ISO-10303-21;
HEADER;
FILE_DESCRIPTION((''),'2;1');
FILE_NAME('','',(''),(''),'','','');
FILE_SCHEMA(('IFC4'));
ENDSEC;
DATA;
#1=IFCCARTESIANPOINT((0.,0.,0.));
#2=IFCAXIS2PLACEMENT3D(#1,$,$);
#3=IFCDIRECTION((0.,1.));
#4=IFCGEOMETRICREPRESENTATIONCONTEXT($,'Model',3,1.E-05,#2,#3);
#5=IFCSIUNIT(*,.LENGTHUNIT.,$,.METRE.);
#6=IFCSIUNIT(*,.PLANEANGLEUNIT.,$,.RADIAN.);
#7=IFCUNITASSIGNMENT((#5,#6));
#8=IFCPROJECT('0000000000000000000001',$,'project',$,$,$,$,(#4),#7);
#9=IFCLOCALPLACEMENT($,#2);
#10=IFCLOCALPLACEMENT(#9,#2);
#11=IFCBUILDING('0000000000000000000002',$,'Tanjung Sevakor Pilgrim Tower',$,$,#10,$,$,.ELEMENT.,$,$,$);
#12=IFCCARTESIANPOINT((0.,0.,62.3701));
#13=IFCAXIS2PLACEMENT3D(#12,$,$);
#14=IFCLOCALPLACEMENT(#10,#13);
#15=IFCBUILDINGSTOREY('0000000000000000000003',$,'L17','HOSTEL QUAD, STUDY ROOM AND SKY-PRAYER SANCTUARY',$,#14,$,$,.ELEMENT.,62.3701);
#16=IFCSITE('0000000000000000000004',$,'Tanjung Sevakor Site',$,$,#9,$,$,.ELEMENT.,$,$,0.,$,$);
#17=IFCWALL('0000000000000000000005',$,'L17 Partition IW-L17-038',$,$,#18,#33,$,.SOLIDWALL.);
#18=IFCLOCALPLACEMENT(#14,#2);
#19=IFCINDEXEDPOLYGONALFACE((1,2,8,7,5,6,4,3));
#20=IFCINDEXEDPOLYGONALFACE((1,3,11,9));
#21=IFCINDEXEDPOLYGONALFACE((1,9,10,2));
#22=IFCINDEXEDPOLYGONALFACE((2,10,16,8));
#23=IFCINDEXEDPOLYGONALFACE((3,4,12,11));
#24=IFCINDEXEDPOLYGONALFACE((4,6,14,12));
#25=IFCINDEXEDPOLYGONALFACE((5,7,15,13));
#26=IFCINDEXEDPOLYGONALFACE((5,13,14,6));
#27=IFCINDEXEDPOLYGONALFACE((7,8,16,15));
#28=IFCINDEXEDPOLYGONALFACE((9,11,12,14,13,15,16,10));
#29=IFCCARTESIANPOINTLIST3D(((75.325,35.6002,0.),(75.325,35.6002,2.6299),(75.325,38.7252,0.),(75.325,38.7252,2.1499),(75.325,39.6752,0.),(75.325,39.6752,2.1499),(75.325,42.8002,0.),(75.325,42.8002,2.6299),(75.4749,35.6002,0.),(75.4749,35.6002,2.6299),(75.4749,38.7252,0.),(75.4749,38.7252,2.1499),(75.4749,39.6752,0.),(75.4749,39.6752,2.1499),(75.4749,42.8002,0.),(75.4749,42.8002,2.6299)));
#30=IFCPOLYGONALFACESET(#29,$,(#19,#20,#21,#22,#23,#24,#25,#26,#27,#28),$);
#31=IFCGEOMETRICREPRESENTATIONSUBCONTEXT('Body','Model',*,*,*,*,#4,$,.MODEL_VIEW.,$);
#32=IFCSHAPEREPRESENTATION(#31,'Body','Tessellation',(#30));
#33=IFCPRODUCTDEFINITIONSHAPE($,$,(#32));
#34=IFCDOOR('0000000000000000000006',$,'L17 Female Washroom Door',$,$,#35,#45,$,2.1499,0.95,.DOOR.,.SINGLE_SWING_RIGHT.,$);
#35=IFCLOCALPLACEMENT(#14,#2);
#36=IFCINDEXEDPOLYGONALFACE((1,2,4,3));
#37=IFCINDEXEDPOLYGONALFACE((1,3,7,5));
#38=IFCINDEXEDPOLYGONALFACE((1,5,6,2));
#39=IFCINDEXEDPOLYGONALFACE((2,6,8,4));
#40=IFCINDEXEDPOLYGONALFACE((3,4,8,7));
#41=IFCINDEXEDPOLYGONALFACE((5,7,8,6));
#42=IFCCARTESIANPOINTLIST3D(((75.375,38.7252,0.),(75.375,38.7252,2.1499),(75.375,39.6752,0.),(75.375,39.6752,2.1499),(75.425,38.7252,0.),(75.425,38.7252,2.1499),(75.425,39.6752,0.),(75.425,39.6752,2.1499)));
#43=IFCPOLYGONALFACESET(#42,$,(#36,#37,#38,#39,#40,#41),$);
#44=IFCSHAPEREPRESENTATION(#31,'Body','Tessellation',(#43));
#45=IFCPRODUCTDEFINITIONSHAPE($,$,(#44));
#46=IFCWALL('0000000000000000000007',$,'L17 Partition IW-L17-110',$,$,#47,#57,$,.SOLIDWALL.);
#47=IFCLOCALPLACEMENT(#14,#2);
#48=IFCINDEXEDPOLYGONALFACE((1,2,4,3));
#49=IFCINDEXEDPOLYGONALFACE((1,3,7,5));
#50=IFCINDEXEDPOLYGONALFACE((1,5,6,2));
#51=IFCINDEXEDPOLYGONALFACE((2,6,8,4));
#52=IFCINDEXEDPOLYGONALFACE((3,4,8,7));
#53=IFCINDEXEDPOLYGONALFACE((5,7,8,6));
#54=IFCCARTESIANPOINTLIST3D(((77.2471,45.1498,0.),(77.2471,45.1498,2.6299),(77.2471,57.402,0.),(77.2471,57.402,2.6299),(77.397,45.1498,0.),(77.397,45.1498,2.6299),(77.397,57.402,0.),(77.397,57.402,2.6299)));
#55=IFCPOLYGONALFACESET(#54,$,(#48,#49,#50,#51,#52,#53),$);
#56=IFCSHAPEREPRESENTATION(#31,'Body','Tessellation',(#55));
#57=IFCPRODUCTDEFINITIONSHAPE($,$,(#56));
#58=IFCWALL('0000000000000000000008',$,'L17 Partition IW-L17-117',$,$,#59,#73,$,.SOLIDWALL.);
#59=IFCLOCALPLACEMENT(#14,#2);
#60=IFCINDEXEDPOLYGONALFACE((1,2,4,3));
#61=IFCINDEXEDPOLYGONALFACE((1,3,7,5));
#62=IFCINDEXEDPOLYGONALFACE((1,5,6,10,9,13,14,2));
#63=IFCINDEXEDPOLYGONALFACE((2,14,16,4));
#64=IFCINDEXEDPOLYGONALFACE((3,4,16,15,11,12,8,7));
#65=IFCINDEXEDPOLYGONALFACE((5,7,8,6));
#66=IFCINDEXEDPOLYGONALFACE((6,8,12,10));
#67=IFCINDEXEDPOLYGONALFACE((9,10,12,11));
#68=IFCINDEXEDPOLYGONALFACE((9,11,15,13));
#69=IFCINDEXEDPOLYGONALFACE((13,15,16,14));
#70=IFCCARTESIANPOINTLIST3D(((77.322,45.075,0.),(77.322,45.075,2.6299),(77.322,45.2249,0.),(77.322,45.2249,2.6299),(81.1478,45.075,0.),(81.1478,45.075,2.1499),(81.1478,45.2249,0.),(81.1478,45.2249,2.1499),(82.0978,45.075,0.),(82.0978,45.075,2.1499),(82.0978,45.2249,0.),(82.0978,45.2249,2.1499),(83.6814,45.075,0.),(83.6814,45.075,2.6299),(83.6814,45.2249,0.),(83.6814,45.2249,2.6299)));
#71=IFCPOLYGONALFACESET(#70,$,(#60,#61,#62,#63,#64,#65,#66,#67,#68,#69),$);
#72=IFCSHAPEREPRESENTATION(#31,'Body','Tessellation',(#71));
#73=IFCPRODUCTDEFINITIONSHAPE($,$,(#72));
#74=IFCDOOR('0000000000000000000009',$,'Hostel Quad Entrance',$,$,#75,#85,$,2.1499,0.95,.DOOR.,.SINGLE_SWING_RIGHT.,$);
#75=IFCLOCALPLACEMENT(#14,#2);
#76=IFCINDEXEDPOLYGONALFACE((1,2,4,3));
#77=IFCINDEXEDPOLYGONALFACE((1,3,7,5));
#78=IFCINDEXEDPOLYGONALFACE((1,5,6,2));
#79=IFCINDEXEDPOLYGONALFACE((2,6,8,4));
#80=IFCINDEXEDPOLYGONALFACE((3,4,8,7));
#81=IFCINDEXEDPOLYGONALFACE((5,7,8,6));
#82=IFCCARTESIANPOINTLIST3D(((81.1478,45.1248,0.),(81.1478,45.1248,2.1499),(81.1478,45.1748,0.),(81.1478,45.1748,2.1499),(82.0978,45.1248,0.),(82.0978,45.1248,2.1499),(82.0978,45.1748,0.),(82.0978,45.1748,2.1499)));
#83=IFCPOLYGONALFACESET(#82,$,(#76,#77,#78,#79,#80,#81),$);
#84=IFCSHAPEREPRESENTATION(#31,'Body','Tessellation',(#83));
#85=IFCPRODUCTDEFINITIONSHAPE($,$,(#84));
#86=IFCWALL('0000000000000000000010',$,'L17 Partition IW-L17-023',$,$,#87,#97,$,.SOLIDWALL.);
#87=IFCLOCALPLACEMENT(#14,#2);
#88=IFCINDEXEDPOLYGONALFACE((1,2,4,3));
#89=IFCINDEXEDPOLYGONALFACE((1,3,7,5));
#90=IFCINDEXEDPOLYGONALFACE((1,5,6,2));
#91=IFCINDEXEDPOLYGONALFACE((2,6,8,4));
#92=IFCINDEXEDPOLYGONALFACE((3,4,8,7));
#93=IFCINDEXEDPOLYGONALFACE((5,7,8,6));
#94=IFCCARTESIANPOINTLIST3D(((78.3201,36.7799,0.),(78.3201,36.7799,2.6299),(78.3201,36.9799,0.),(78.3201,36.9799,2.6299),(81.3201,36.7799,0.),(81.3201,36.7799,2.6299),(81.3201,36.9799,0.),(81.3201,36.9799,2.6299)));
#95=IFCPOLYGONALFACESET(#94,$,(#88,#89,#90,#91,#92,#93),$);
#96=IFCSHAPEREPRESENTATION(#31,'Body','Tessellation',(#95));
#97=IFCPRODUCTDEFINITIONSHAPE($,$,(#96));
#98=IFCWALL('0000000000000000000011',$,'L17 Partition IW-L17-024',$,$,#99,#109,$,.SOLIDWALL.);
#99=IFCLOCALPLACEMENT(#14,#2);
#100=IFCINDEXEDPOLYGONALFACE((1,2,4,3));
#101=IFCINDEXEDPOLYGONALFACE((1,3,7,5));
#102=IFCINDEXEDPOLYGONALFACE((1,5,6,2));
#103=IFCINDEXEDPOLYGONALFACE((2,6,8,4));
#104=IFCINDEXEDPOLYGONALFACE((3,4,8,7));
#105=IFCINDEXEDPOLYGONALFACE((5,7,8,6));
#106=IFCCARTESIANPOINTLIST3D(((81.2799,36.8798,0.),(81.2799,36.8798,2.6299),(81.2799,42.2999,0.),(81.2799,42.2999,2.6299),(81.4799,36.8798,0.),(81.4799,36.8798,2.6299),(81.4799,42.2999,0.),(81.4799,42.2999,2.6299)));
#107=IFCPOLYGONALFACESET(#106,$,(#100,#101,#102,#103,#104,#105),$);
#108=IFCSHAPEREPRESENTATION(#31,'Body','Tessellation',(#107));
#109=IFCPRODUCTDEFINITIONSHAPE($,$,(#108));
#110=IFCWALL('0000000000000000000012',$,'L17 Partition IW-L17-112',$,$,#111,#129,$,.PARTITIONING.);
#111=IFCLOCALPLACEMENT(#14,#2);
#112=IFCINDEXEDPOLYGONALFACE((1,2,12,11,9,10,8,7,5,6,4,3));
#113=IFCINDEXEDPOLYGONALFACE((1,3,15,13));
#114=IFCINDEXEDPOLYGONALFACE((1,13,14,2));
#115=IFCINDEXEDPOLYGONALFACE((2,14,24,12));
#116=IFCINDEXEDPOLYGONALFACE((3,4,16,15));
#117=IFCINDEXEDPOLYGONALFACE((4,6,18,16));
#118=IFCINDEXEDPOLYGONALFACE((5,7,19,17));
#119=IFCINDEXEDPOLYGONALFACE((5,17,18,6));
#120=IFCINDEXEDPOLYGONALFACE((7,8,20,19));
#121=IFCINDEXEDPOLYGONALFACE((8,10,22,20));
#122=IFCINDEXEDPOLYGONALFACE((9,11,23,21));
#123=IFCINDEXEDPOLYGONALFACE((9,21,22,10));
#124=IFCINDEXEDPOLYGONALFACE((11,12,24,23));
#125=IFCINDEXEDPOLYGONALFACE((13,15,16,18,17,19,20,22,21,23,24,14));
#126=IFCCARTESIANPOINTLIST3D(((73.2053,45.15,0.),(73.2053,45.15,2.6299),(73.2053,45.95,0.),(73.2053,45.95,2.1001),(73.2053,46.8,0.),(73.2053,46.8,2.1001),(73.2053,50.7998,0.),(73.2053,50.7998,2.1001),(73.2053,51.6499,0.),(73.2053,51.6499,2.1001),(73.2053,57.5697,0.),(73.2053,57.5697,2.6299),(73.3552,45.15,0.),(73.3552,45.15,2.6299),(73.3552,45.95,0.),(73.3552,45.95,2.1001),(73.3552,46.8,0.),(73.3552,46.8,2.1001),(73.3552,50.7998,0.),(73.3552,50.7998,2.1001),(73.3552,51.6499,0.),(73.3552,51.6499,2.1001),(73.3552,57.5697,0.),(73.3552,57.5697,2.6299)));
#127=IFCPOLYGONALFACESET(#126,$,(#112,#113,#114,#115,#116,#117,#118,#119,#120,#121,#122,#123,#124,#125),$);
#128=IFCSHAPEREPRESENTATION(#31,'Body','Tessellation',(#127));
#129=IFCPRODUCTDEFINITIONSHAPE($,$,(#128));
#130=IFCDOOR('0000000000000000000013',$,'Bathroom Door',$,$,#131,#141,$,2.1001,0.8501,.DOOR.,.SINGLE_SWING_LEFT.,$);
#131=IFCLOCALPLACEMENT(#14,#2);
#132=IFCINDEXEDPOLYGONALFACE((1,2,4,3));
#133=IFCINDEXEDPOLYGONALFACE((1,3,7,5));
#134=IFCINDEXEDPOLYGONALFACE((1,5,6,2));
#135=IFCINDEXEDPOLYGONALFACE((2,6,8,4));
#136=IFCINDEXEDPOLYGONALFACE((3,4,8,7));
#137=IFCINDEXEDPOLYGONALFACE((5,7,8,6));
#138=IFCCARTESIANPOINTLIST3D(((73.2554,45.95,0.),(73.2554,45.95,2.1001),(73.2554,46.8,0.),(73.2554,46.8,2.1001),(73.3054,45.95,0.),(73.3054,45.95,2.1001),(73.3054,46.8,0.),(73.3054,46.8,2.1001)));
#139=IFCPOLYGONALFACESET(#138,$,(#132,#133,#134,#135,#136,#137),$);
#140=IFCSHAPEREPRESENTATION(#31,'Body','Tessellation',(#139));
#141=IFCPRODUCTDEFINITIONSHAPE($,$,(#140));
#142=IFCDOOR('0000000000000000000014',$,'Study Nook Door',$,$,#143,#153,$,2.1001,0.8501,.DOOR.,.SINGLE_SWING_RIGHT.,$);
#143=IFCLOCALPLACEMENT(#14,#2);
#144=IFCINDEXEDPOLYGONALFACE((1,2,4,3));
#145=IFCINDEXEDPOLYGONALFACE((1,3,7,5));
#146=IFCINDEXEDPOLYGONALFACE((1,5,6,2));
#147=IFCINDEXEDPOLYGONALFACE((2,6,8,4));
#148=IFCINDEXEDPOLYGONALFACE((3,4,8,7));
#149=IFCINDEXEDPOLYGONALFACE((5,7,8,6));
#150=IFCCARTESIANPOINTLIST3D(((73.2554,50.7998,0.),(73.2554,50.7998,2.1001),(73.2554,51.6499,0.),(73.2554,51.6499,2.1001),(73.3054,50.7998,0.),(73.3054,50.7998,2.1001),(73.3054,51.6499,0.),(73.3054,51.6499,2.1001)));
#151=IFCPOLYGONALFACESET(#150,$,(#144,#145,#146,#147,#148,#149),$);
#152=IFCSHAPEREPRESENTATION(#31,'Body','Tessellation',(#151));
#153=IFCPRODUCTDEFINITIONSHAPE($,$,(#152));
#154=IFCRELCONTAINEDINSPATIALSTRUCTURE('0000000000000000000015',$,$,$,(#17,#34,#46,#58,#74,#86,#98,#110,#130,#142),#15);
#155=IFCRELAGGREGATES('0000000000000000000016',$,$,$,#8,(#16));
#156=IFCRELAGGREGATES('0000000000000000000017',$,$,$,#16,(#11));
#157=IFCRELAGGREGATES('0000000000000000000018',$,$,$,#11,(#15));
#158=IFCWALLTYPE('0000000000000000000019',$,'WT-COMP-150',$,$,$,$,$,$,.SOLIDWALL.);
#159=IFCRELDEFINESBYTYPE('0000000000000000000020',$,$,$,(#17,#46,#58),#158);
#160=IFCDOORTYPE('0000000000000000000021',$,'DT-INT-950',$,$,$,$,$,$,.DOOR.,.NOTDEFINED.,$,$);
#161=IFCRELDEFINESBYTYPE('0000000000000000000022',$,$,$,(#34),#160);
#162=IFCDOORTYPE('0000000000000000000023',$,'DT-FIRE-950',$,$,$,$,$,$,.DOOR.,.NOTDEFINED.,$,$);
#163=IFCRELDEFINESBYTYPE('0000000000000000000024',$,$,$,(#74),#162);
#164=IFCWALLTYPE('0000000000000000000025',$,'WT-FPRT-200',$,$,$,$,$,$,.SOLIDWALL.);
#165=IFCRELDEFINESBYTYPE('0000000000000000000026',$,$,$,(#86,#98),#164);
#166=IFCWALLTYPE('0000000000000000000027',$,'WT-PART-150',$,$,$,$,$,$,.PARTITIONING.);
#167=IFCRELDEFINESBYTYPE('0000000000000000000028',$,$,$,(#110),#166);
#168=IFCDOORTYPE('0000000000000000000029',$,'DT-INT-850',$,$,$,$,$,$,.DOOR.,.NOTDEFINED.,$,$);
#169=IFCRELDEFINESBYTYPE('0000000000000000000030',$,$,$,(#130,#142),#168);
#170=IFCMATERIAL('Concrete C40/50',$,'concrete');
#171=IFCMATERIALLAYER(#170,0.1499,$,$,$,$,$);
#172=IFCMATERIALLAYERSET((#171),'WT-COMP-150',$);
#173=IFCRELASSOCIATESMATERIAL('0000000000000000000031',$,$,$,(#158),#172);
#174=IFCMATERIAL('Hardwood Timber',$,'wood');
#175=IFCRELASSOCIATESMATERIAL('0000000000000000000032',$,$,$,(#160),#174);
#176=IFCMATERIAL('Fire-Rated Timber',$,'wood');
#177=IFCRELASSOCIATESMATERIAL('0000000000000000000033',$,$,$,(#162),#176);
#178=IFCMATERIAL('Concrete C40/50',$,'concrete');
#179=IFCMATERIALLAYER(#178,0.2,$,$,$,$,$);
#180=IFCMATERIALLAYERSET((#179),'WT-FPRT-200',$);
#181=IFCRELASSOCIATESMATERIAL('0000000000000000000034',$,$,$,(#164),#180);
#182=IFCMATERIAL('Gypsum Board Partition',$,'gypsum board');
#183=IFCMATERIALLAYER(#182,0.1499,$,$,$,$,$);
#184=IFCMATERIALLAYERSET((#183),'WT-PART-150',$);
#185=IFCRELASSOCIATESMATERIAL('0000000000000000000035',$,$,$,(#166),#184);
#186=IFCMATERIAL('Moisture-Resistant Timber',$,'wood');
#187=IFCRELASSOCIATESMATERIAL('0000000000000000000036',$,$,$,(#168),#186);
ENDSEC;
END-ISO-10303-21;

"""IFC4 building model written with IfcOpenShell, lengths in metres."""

from ifc_helpers import new_model, si_unit, direction, frame, frame_2d, origin, place, context, subcontext, project, spatial, rectangle, extrude, material, layer, layer_set, type_object, element, fill, save


model = new_model("IFC4")

# Units and contexts
model_context = context("Model", 3, precision=1e-05, world=origin(), true_north=direction((0.0, 1.0)))
body_context = subcontext(model_context, "Body", "Model", "MODEL_VIEW")
ifc_project = project(units=[si_unit("LENGTHUNIT", "METRE"), si_unit("PLANEANGLEUNIT", "RADIAN")], contexts=[model_context])

# Site, building, storey
site_placement = place(None, origin())
site = spatial("IfcSite", under=ifc_project, at=site_placement, Name="Tanjung Sevakor Site", CompositionType="ELEMENT", RefElevation=0.0)
building_placement = place(site_placement, origin())
building = spatial("IfcBuilding", under=site, at=building_placement, Name="Tanjung Sevakor Pilgrim Tower", CompositionType="ELEMENT")
storey_placement = place(building_placement, frame((0.0, 0.0, 62.3701)))
storey = spatial("IfcBuildingStorey", under=building, at=storey_placement, Name="L17", Description="HOSTEL QUAD, STUDY ROOM AND SKY-PRAYER SANCTUARY", CompositionType="ELEMENT", Elevation=62.3701)

# Shared definitions
ifc_material_1 = material(Name="Concrete C40/50", Category="concrete")
ifc_layer_1 = layer(ifc_material_1, 0.1499)
ifc_layer_set_1 = layer_set([ifc_layer_1], Name="WT-COMP-150")
wall_type_1 = type_object("IfcWallType", Name="WT-COMP-150", PredefinedType="SOLIDWALL", material=ifc_layer_set_1)

# Wall, opening, door
wall_1_placement = place(storey_placement, frame((75.3999, 35.6001, 0.0), z_axis=(0.0, 0.0, 1.0), x_axis=(0.0, 1.0, 0.0)))
wall_1 = element("IfcWall", 1, at=wall_1_placement, inside=storey, type_object=wall_type_1, Name="L17 Partition IW-L17-038", PredefinedType="SOLIDWALL", context=body_context, shape_type="SweptSolid", body=[
    extrude(rectangle(XDim=7.2, YDim=0.1499, at=frame_2d((3.6001, 0.0))), origin(), (0.0, 0.0, 1.0), 2.6299),
])
opening_1_placement = place(wall_1_placement, frame((3.125, 0.0, 0.0)))
opening_1 = element("IfcOpeningElement", 2, at=opening_1_placement, cuts=wall_1, PredefinedType="OPENING", context=body_context, shape_type="SweptSolid", body=[
    extrude(rectangle(XDim=0.95, YDim=2.1499, at=frame_2d((0.4751, 1.075))), frame((0.0, 0.085, 0.0), z_axis=(0.0, -1.0, 0.0), x_axis=(1.0, 0.0, 0.0)), (0.0, 0.0, 1.0), 0.1699),
])
ifc_material_2 = material(Name="Hardwood Timber", Category="wood")
door_type_1 = type_object("IfcDoorType", Name="DT-INT-950", OperationType="NOTDEFINED", PredefinedType="DOOR", material=ifc_material_2)
door_1_placement = place(opening_1_placement, origin())
door_1 = element("IfcDoor", 3, at=door_1_placement, inside=storey, type_object=door_type_1, Name="L17 Female Washroom Door", OperationType="SINGLE_SWING_RIGHT", OverallHeight=2.1499, OverallWidth=0.95, PredefinedType="DOOR", context=body_context, shape_type="SweptSolid", body=[
    extrude(rectangle(XDim=0.95, YDim=2.1499, at=frame_2d((0.4751, 1.075))), frame((0.0, 0.0249, 0.0), z_axis=(0.0, -1.0, 0.0), x_axis=(1.0, 0.0, 0.0)), (0.0, 0.0, 1.0), 0.05),
])
fill(opening_1, door_1)

# Wall
wall_2_placement = place(storey_placement, frame((77.322, 45.1499, 0.0), z_axis=(0.0, 0.0, 1.0), x_axis=(0.0, 1.0, 0.0)))
element("IfcWall", 4, at=wall_2_placement, inside=storey, type_object=wall_type_1, Name="L17 Partition IW-L17-110", PredefinedType="SOLIDWALL", context=body_context, shape_type="SweptSolid", body=[
    extrude(rectangle(XDim=12.2522, YDim=0.1499, at=frame_2d((6.126, 0.0))), origin(), (0.0, 0.0, 1.0), 2.6299),
])

# Wall, opening, door
wall_3_placement = place(storey_placement, frame((77.322, 45.1499, 0.0), z_axis=(0.0, 0.0, 1.0), x_axis=(1.0, 0.0, 0.0)))
wall_3 = element("IfcWall", 5, at=wall_3_placement, inside=storey, type_object=wall_type_1, Name="L17 Partition IW-L17-117", PredefinedType="SOLIDWALL", context=body_context, shape_type="SweptSolid", body=[
    extrude(rectangle(XDim=6.3594, YDim=0.1499, at=frame_2d((3.1797, 0.0))), origin(), (0.0, 0.0, 1.0), 2.6299),
])
opening_2_placement = place(wall_3_placement, frame((3.8257, 0.0, 0.0)))
opening_2 = element("IfcOpeningElement", 6, at=opening_2_placement, cuts=wall_3, PredefinedType="OPENING", context=body_context, shape_type="SweptSolid", body=[
    extrude(rectangle(XDim=0.95, YDim=2.1499, at=frame_2d((0.4751, 1.075))), frame((0.0, 0.085, 0.0), z_axis=(0.0, -1.0, 0.0), x_axis=(1.0, 0.0, 0.0)), (0.0, 0.0, 1.0), 0.1699),
])
ifc_material_3 = material(Name="Fire-Rated Timber", Category="wood")
door_type_2 = type_object("IfcDoorType", Name="DT-FIRE-950", OperationType="NOTDEFINED", PredefinedType="DOOR", material=ifc_material_3)
door_2_placement = place(opening_2_placement, origin())
door_2 = element("IfcDoor", 7, at=door_2_placement, inside=storey, type_object=door_type_2, Name="Hostel Quad Entrance", OperationType="SINGLE_SWING_RIGHT", OverallHeight=2.1499, OverallWidth=0.95, PredefinedType="DOOR", context=body_context, shape_type="SweptSolid", body=[
    extrude(rectangle(XDim=0.95, YDim=2.1499, at=frame_2d((0.4751, 1.075))), frame((0.0, 0.0249, 0.0), z_axis=(0.0, -1.0, 0.0), x_axis=(1.0, 0.0, 0.0)), (0.0, 0.0, 1.0), 0.05),
])
fill(opening_2, door_2)

# Walls
ifc_material_4 = material(Name="Concrete C40/50", Category="concrete")
ifc_layer_2 = layer(ifc_material_4, 0.2)
ifc_layer_set_2 = layer_set([ifc_layer_2], Name="WT-FPRT-200")
wall_type_2 = type_object("IfcWallType", Name="WT-FPRT-200", PredefinedType="SOLIDWALL", material=ifc_layer_set_2)
wall_4_placement = place(storey_placement, frame((78.3201, 36.8799, 0.0), z_axis=(0.0, 0.0, 1.0), x_axis=(1.0, 0.0, 0.0)))
element("IfcWall", 8, at=wall_4_placement, inside=storey, type_object=wall_type_2, Name="L17 Partition IW-L17-023", PredefinedType="SOLIDWALL", context=body_context, shape_type="SweptSolid", body=[
    extrude(rectangle(XDim=3.0, YDim=0.2, at=frame_2d((1.5, 0.0))), origin(), (0.0, 0.0, 1.0), 2.6299),
])
wall_5_placement = place(storey_placement, frame((81.3799, 36.8799, 0.0), z_axis=(0.0, 0.0, 1.0), x_axis=(0.0, 1.0, 0.0)))
element("IfcWall", 9, at=wall_5_placement, inside=storey, type_object=wall_type_2, Name="L17 Partition IW-L17-024", PredefinedType="SOLIDWALL", context=body_context, shape_type="SweptSolid", body=[
    extrude(rectangle(XDim=5.4202, YDim=0.2, at=frame_2d((2.71, 0.0))), origin(), (0.0, 0.0, 1.0), 2.6299),
])

# Wall, openings, doors
ifc_material_5 = material(Name="Gypsum Board Partition", Category="gypsum board")
ifc_layer_3 = layer(ifc_material_5, 0.1499)
ifc_layer_set_3 = layer_set([ifc_layer_3], Name="WT-PART-150")
wall_type_3 = type_object("IfcWallType", Name="WT-PART-150", PredefinedType="PARTITIONING", material=ifc_layer_set_3)
wall_6_placement = place(storey_placement, frame((73.2803, 45.1499, 0.0), z_axis=(0.0, 0.0, 1.0), x_axis=(0.0, 1.0, 0.0)))
wall_6 = element("IfcWall", 10, at=wall_6_placement, inside=storey, type_object=wall_type_3, Name="L17 Partition IW-L17-112", PredefinedType="PARTITIONING", context=body_context, shape_type="SweptSolid", body=[
    extrude(rectangle(XDim=12.4197, YDim=0.1499, at=frame_2d((6.21, 0.0))), origin(), (0.0, 0.0, 1.0), 2.6299),
])
opening_3_placement = place(wall_6_placement, frame((0.8, 0.0, 0.0)))
opening_3 = element("IfcOpeningElement", 11, at=opening_3_placement, cuts=wall_6, PredefinedType="OPENING", context=body_context, shape_type="SweptSolid", body=[
    extrude(rectangle(XDim=0.8501, YDim=2.1001, at=frame_2d((0.425, 1.05))), frame((0.0, 0.085, 0.0), z_axis=(0.0, -1.0, 0.0), x_axis=(1.0, 0.0, 0.0)), (0.0, 0.0, 1.0), 0.1699),
])
opening_4_placement = place(wall_6_placement, frame((5.6499, 0.0, 0.0)))
opening_4 = element("IfcOpeningElement", 12, at=opening_4_placement, cuts=wall_6, PredefinedType="OPENING", context=body_context, shape_type="SweptSolid", body=[
    extrude(rectangle(XDim=0.8501, YDim=2.1001, at=frame_2d((0.425, 1.05))), frame((0.0, 0.085, 0.0), z_axis=(0.0, -1.0, 0.0), x_axis=(1.0, 0.0, 0.0)), (0.0, 0.0, 1.0), 0.1699),
])
ifc_material_6 = material(Name="Moisture-Resistant Timber", Category="wood")
door_type_3 = type_object("IfcDoorType", Name="DT-INT-850", OperationType="NOTDEFINED", PredefinedType="DOOR", material=ifc_material_6)
door_3_placement = place(opening_3_placement, origin())
door_3 = element("IfcDoor", 13, at=door_3_placement, inside=storey, type_object=door_type_3, Name="Bathroom Door", OperationType="SINGLE_SWING_LEFT", OverallHeight=2.1001, OverallWidth=0.8501, PredefinedType="DOOR", context=body_context, shape_type="SweptSolid", body=[
    extrude(rectangle(XDim=0.8501, YDim=2.1001, at=frame_2d((0.425, 1.05))), frame((0.0, 0.0249, 0.0), z_axis=(0.0, -1.0, 0.0), x_axis=(1.0, 0.0, 0.0)), (0.0, 0.0, 1.0), 0.05),
])
fill(opening_3, door_3)
door_4_placement = place(opening_4_placement, origin())
door_4 = element("IfcDoor", 14, at=door_4_placement, inside=storey, type_object=door_type_3, Name="Study Nook Door", OperationType="SINGLE_SWING_RIGHT", OverallHeight=2.1001, OverallWidth=0.8501, PredefinedType="DOOR", context=body_context, shape_type="SweptSolid", body=[
    extrude(rectangle(XDim=0.8501, YDim=2.1001, at=frame_2d((0.425, 1.05))), frame((0.0, 0.0249, 0.0), z_axis=(0.0, -1.0, 0.0), x_axis=(1.0, 0.0, 0.0)), (0.0, 0.0, 1.0), 0.05),
])
fill(opening_4, door_4)

save(model, "model.ifc")
